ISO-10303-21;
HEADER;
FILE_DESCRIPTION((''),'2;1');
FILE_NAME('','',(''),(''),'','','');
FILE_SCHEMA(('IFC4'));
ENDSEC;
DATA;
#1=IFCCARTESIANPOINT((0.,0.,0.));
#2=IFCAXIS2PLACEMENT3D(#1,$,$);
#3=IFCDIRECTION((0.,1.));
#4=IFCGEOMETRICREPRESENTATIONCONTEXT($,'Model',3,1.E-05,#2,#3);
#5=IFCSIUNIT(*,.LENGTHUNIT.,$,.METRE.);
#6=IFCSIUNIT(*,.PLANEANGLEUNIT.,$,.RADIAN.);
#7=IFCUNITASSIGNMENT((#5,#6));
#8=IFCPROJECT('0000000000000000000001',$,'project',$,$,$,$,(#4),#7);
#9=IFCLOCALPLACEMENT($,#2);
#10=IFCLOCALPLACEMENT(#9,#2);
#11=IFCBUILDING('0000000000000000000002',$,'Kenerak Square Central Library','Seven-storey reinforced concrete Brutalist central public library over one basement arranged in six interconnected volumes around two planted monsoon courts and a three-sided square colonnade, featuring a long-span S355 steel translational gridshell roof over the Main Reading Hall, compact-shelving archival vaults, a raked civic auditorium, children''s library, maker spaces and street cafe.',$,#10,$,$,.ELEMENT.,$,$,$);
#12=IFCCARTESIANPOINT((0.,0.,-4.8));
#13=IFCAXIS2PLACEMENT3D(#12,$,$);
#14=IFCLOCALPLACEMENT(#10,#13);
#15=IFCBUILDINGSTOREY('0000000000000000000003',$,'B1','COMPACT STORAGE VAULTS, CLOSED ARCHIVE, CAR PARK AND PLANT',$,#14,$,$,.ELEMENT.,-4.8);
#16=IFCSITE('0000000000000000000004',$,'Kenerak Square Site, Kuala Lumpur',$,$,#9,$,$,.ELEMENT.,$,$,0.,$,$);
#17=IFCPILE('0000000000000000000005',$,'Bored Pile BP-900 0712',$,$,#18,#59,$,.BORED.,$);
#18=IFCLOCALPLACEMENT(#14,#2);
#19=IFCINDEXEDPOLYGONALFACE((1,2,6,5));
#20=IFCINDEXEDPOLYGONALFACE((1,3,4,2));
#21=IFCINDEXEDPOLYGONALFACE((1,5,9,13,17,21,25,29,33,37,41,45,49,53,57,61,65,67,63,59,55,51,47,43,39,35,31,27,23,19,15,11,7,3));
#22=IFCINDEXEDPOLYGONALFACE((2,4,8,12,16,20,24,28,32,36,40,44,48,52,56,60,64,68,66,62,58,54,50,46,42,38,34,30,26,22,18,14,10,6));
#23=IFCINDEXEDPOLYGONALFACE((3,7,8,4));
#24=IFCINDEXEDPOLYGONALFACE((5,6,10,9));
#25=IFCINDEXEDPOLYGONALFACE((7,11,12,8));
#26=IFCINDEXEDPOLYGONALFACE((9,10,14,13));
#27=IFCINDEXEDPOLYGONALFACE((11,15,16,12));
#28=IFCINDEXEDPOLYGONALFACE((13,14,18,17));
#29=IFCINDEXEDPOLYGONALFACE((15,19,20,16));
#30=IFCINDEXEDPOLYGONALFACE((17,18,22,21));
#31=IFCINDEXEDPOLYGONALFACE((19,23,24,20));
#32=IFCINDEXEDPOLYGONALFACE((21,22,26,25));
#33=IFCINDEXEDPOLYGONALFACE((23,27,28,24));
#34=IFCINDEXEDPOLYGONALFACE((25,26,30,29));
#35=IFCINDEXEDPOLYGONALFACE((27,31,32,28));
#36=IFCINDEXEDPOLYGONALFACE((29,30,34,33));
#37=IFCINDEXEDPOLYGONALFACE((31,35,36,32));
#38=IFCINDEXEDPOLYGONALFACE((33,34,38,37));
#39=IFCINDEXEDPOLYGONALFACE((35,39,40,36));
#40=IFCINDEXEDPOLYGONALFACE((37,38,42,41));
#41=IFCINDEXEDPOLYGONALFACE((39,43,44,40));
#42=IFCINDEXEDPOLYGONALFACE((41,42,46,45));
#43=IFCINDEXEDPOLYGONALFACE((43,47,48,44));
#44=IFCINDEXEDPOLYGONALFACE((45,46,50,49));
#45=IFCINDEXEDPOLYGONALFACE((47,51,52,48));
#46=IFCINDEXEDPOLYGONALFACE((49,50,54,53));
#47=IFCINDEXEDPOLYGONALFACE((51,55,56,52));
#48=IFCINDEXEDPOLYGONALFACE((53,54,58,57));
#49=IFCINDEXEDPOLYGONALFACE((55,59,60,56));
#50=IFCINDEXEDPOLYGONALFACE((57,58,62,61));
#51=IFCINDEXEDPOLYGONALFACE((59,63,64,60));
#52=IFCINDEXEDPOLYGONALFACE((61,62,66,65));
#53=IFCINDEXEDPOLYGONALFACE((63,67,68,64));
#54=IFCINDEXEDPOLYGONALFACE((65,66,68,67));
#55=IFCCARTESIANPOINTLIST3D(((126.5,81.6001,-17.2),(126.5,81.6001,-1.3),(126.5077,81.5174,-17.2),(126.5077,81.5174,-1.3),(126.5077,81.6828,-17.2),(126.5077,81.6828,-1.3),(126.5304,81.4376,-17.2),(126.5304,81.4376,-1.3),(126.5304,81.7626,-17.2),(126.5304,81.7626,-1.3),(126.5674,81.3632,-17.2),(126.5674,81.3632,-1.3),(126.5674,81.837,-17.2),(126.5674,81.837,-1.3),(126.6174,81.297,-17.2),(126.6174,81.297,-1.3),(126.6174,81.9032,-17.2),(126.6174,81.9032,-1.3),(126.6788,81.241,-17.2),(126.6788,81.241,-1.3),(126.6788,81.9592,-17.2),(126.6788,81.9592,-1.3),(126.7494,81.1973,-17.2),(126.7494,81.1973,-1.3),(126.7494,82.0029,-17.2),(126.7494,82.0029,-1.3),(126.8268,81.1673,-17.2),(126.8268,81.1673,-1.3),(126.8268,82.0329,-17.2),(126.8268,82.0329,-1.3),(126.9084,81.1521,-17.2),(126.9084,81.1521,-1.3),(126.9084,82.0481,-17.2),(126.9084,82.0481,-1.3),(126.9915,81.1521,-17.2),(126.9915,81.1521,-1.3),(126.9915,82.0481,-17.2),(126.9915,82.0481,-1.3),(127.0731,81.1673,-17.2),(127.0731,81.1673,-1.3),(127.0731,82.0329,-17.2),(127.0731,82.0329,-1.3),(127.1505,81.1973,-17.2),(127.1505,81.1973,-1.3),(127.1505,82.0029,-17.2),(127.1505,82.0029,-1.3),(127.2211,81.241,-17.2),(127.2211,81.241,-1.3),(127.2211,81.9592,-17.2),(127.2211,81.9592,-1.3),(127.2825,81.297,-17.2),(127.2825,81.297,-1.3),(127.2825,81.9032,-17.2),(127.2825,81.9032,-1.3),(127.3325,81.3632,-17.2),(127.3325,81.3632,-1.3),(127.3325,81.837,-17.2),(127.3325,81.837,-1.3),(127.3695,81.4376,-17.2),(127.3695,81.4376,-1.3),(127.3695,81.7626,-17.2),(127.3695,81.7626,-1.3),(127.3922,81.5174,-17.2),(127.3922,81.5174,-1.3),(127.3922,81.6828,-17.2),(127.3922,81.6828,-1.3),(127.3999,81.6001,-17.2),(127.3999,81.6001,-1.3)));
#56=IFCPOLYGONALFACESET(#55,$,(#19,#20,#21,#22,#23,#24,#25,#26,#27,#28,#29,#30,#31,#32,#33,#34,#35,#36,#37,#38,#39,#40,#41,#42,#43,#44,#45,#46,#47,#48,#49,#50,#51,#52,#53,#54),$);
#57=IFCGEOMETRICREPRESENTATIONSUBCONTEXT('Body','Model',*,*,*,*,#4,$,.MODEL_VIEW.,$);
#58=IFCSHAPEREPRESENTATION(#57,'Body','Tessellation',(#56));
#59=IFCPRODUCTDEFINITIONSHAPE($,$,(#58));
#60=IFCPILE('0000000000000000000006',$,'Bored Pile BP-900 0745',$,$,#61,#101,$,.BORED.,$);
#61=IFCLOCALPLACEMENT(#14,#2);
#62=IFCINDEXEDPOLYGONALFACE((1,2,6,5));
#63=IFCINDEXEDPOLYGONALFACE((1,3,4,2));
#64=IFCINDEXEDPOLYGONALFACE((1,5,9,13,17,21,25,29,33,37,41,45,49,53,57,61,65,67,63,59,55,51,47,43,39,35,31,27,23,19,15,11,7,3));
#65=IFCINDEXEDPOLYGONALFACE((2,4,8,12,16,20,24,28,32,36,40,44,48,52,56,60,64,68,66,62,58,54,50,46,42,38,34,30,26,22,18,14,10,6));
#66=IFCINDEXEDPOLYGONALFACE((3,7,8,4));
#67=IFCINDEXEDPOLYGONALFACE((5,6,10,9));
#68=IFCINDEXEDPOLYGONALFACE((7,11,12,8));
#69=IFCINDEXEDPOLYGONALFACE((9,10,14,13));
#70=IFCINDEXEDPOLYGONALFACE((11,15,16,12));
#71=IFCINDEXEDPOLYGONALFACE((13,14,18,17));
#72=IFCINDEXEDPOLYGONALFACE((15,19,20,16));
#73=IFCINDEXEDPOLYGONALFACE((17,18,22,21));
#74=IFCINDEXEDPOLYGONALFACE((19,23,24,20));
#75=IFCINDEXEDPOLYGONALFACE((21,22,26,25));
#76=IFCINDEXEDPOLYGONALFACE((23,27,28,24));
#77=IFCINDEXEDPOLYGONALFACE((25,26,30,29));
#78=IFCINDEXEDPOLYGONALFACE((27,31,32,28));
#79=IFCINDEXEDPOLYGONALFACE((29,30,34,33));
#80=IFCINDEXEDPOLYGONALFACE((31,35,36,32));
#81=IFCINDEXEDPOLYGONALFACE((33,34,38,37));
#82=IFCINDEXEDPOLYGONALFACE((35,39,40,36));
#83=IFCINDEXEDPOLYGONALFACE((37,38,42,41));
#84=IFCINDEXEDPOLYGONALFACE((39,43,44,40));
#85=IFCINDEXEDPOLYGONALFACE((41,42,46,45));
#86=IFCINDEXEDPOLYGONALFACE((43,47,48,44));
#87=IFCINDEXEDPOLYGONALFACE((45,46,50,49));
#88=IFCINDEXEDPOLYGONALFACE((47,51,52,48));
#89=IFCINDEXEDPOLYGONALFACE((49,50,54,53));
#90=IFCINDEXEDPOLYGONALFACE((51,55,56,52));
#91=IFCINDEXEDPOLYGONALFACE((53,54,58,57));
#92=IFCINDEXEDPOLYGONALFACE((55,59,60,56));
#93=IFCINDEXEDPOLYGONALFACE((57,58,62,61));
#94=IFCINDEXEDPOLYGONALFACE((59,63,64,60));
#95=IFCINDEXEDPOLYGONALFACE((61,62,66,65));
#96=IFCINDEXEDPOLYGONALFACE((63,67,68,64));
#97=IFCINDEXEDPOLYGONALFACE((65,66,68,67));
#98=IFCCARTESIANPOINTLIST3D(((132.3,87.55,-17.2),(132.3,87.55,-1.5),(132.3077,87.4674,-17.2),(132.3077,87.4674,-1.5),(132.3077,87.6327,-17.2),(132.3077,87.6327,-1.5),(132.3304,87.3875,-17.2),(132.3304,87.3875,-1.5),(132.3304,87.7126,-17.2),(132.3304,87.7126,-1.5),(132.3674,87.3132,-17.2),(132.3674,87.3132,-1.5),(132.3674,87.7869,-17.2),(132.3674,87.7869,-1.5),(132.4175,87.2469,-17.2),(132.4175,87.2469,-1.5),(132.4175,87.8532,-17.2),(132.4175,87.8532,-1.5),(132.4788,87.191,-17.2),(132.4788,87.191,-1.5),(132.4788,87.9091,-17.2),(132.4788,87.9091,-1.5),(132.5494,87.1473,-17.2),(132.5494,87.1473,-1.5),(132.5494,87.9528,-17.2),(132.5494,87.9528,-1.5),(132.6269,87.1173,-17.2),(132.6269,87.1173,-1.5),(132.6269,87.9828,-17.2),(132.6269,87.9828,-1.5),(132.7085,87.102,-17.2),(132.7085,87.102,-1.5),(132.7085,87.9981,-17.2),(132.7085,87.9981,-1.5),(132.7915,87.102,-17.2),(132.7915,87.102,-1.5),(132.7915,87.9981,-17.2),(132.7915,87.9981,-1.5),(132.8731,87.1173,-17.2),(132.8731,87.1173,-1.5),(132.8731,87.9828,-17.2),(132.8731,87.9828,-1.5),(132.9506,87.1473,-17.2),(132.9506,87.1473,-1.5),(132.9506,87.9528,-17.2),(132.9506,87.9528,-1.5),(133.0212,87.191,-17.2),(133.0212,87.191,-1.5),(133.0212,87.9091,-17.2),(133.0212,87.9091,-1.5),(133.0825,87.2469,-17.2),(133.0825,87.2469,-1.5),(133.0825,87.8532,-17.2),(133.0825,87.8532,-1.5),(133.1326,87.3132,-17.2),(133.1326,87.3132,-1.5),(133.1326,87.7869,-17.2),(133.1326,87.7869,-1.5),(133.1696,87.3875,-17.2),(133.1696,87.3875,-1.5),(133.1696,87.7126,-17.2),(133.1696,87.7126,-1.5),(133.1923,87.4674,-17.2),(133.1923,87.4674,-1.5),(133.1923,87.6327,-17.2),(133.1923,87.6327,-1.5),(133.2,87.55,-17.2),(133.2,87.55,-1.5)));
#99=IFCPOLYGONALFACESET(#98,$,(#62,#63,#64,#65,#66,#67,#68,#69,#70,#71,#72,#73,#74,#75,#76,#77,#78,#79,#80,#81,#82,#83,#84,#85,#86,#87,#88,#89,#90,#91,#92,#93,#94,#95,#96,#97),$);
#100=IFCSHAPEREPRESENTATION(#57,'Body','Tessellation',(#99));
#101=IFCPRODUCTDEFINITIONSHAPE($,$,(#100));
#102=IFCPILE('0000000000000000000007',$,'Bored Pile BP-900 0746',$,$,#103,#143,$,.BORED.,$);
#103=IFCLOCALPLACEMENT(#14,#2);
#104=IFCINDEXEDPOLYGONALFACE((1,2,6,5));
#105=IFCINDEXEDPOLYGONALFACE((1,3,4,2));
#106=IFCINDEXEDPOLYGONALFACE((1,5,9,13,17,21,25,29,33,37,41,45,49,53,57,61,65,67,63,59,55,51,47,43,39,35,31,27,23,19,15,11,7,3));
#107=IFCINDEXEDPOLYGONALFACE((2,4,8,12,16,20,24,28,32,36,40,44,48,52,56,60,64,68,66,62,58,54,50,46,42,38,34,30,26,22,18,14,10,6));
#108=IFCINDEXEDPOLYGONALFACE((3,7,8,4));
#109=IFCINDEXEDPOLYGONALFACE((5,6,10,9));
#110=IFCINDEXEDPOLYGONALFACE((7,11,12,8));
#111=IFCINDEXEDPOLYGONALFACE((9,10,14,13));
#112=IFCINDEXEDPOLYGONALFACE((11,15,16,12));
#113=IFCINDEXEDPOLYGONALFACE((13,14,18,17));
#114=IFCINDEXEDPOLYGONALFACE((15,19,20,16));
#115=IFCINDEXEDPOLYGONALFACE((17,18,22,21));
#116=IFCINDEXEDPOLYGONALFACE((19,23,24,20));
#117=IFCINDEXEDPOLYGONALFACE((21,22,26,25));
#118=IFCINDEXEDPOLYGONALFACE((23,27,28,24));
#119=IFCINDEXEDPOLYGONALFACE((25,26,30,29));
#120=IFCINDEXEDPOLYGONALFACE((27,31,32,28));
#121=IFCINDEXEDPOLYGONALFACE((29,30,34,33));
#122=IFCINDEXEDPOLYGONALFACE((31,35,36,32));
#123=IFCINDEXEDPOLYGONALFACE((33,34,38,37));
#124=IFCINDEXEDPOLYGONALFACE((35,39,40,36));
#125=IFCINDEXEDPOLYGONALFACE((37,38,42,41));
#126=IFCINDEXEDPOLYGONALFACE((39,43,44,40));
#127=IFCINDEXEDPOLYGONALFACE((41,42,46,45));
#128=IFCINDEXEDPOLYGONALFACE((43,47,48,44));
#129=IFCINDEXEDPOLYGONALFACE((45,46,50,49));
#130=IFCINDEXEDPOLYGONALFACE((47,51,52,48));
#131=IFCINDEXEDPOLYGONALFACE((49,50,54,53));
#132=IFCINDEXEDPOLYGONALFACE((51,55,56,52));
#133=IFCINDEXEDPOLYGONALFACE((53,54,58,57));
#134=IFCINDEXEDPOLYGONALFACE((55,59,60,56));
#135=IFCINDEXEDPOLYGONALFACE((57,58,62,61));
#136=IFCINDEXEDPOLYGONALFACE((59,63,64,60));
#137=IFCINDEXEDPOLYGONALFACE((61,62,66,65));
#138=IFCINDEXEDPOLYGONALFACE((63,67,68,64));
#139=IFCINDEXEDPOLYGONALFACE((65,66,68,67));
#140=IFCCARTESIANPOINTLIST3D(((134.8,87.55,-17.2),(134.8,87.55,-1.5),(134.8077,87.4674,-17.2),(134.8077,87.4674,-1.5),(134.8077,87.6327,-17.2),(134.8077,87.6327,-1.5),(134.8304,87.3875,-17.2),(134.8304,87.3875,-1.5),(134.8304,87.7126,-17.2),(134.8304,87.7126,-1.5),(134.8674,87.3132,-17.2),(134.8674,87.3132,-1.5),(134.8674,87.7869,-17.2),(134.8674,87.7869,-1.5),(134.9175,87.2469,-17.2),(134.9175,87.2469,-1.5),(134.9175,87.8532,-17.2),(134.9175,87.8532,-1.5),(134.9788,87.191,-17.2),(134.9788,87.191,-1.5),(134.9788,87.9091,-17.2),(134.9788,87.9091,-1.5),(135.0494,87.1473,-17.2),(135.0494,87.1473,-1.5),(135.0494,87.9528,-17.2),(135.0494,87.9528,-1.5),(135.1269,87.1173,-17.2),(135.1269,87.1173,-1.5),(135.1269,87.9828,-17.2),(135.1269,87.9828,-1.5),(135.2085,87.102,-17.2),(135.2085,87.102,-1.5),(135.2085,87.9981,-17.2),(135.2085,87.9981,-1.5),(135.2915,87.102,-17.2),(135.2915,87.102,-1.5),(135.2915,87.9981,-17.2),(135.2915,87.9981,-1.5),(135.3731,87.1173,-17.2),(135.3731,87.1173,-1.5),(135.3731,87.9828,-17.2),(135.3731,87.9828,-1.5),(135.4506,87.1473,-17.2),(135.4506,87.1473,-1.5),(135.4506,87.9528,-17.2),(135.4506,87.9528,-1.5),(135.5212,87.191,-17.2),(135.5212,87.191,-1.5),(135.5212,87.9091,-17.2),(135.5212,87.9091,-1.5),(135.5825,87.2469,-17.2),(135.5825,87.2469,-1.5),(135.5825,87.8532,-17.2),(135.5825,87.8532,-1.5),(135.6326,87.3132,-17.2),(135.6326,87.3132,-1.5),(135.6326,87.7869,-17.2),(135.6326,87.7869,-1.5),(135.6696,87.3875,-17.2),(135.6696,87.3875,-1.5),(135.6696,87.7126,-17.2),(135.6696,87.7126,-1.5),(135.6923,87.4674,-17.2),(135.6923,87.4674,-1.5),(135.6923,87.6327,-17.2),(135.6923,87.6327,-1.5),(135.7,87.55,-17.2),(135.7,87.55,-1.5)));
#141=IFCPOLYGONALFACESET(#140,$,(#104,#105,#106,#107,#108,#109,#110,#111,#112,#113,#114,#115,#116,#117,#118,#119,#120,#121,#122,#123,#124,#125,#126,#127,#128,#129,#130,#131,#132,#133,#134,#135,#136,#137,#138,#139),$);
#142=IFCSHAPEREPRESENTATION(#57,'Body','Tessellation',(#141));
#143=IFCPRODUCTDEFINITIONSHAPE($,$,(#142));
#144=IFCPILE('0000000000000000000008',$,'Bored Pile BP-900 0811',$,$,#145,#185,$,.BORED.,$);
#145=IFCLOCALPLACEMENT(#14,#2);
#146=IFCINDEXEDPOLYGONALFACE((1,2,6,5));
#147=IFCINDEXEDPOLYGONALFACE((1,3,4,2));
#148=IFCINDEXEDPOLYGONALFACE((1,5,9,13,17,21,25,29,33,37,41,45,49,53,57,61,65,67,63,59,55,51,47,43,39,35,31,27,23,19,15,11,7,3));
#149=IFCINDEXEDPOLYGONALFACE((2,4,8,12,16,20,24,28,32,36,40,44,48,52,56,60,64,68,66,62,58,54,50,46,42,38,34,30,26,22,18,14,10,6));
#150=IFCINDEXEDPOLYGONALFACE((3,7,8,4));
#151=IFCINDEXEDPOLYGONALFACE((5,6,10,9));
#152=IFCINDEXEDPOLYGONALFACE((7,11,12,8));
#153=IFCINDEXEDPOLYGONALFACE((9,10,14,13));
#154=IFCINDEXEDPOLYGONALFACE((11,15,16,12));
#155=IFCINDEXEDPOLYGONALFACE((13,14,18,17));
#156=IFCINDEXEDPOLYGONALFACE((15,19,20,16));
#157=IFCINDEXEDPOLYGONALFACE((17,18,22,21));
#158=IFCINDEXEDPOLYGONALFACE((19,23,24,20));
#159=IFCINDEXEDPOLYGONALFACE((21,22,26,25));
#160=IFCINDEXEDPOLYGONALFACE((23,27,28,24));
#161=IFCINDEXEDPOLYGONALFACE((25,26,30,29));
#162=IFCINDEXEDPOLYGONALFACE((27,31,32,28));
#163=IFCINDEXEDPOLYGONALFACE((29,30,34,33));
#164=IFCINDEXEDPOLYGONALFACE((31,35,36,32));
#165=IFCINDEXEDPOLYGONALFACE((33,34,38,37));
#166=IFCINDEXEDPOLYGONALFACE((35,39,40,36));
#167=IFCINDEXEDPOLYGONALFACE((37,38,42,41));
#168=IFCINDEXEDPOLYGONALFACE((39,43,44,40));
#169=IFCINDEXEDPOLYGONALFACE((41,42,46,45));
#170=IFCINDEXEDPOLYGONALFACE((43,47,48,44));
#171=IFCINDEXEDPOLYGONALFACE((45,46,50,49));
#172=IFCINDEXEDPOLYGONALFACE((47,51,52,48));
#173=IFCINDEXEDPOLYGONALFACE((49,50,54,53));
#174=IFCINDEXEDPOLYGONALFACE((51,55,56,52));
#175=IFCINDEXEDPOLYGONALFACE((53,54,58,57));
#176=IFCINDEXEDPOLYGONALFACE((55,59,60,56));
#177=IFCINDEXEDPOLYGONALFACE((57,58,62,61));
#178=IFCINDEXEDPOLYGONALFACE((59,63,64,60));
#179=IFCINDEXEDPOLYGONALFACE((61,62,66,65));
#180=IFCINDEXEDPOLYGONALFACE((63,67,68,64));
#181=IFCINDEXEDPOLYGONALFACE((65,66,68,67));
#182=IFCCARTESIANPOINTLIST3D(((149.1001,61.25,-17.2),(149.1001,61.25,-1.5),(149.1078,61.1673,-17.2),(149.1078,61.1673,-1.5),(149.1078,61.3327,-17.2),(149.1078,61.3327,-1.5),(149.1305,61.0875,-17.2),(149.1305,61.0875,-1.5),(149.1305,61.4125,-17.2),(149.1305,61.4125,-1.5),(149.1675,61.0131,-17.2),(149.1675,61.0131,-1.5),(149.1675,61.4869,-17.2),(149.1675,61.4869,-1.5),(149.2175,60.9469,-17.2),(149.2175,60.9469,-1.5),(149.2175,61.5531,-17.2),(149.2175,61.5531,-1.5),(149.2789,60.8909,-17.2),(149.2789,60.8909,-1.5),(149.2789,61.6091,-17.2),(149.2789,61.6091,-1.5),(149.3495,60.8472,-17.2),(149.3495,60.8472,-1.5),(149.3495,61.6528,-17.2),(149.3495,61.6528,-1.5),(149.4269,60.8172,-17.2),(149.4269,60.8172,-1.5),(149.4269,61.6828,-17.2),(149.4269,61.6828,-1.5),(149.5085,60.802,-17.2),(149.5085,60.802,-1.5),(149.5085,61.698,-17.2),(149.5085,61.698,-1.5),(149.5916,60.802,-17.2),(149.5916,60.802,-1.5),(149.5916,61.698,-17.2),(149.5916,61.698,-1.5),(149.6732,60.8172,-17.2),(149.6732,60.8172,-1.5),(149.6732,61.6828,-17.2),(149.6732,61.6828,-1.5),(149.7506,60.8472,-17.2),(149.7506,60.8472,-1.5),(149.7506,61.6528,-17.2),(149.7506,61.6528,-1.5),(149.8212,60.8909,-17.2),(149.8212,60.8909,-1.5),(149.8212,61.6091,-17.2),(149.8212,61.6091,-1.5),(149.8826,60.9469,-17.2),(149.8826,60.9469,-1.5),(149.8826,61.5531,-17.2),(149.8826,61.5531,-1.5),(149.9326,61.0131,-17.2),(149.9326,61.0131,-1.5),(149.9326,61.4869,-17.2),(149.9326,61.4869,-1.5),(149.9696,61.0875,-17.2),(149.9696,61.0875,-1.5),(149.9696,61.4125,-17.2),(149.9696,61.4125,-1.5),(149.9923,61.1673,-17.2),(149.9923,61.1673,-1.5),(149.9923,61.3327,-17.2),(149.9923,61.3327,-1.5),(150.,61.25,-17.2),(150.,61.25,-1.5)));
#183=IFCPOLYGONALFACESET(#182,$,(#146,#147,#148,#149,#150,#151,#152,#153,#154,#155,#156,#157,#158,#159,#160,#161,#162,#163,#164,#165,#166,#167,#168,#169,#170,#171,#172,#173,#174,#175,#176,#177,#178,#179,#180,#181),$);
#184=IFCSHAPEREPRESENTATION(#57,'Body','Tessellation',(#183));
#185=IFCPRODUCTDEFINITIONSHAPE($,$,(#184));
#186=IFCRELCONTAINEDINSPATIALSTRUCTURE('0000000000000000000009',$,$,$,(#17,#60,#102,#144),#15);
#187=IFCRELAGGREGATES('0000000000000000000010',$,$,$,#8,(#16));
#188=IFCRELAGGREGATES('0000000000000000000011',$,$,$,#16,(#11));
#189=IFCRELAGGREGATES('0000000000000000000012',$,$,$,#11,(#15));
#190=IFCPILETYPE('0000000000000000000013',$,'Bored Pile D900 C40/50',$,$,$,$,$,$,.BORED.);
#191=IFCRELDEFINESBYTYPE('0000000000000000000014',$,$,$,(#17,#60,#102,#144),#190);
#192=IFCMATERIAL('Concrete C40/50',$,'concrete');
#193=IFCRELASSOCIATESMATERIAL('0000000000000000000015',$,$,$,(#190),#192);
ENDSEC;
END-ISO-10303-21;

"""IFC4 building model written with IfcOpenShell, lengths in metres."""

from ifc_helpers import new_model, si_unit, direction, frame, origin, origin_2d, place, context, subcontext, project, spatial, circle, extrude, material, material_profile, profile_set, type_object, element, save


model = new_model("IFC4")

# Units and contexts
model_context = context("Model", 3, precision=1e-05, world=origin(), true_north=direction((0.0, 1.0)))
body_context = subcontext(model_context, "Body", "Model", "MODEL_VIEW")
ifc_project = project(units=[si_unit("LENGTHUNIT", "METRE"), si_unit("PLANEANGLEUNIT", "RADIAN")], contexts=[model_context])

# Site, building, storey
site_placement = place(None, origin())
site = spatial("IfcSite", under=ifc_project, at=site_placement, Name="Kenerak Square Site, Kuala Lumpur", CompositionType="ELEMENT", RefElevation=0.0)
building_placement = place(site_placement, origin())
building = spatial("IfcBuilding", under=site, at=building_placement, Name="Kenerak Square Central Library", Description="Seven-storey reinforced concrete Brutalist central public library over one basement arranged in six interconnected volumes around two planted monsoon courts and a three-sided square colonnade, featuring a long-span S355 steel translational gridshell roof over the Main Reading Hall, compact-shelving archival vaults, a raked civic auditorium, children's library, maker spaces and street cafe.", CompositionType="ELEMENT")
storey_placement = place(building_placement, frame((0.0, 0.0, -4.8)))
storey = spatial("IfcBuildingStorey", under=building, at=storey_placement, Name="B1", Description="COMPACT STORAGE VAULTS, CLOSED ARCHIVE, CAR PARK AND PLANT", CompositionType="ELEMENT", Elevation=-4.8)

# Piles
ifc_material_1 = material(Name="Concrete C40/50", Category="concrete")
ifc_material_profile_1 = material_profile(ifc_material_1, circle(Radius=0.45, at=origin_2d()), Name="BP D900")
ifc_profile_set_1 = profile_set([ifc_material_profile_1], Name="Concrete C40/50")
pile_type_1 = type_object("IfcPileType", Name="Bored Pile D900 C40/50", PredefinedType="BORED", material=ifc_profile_set_1)
for number, where, z_axis, x_axis, name in (
    (1, (126.95, 81.6001, -1.3), (0.0, 0.0, -1.0), (1.0, 0.0, 0.0), "Bored Pile BP-900 0712"),
):
    element("IfcPile", number, at=place(storey_placement, frame(where, z_axis=z_axis, x_axis=x_axis)), inside=storey, type_object=pile_type_1, Name=name, PredefinedType="BORED", context=body_context, shape_type="SweptSolid", body=[
        extrude(circle(Radius=0.45, at=origin_2d()), origin(), (0.0, 0.0, 1.0), 15.8999),
    ])
for number, where, z_axis, x_axis, name in (
    (2, (132.75, 87.55, -1.5), (0.0, 0.0, -1.0), (1.0, 0.0, 0.0), "Bored Pile BP-900 0745"),
    (3, (135.25, 87.55, -1.5), (0.0, 0.0, -1.0), (1.0, 0.0, 0.0), "Bored Pile BP-900 0746"),
    (4, (149.55, 61.25, -1.5), (0.0, 0.0, -1.0), (1.0, 0.0, 0.0), "Bored Pile BP-900 0811"),
):
    element("IfcPile", number, at=place(storey_placement, frame(where, z_axis=z_axis, x_axis=x_axis)), inside=storey, type_object=pile_type_1, Name=name, PredefinedType="BORED", context=body_context, shape_type="SweptSolid", body=[
        extrude(circle(Radius=0.45, at=origin_2d()), origin(), (0.0, 0.0, 1.0), 15.7),
    ])

save(model, "model.ifc")
